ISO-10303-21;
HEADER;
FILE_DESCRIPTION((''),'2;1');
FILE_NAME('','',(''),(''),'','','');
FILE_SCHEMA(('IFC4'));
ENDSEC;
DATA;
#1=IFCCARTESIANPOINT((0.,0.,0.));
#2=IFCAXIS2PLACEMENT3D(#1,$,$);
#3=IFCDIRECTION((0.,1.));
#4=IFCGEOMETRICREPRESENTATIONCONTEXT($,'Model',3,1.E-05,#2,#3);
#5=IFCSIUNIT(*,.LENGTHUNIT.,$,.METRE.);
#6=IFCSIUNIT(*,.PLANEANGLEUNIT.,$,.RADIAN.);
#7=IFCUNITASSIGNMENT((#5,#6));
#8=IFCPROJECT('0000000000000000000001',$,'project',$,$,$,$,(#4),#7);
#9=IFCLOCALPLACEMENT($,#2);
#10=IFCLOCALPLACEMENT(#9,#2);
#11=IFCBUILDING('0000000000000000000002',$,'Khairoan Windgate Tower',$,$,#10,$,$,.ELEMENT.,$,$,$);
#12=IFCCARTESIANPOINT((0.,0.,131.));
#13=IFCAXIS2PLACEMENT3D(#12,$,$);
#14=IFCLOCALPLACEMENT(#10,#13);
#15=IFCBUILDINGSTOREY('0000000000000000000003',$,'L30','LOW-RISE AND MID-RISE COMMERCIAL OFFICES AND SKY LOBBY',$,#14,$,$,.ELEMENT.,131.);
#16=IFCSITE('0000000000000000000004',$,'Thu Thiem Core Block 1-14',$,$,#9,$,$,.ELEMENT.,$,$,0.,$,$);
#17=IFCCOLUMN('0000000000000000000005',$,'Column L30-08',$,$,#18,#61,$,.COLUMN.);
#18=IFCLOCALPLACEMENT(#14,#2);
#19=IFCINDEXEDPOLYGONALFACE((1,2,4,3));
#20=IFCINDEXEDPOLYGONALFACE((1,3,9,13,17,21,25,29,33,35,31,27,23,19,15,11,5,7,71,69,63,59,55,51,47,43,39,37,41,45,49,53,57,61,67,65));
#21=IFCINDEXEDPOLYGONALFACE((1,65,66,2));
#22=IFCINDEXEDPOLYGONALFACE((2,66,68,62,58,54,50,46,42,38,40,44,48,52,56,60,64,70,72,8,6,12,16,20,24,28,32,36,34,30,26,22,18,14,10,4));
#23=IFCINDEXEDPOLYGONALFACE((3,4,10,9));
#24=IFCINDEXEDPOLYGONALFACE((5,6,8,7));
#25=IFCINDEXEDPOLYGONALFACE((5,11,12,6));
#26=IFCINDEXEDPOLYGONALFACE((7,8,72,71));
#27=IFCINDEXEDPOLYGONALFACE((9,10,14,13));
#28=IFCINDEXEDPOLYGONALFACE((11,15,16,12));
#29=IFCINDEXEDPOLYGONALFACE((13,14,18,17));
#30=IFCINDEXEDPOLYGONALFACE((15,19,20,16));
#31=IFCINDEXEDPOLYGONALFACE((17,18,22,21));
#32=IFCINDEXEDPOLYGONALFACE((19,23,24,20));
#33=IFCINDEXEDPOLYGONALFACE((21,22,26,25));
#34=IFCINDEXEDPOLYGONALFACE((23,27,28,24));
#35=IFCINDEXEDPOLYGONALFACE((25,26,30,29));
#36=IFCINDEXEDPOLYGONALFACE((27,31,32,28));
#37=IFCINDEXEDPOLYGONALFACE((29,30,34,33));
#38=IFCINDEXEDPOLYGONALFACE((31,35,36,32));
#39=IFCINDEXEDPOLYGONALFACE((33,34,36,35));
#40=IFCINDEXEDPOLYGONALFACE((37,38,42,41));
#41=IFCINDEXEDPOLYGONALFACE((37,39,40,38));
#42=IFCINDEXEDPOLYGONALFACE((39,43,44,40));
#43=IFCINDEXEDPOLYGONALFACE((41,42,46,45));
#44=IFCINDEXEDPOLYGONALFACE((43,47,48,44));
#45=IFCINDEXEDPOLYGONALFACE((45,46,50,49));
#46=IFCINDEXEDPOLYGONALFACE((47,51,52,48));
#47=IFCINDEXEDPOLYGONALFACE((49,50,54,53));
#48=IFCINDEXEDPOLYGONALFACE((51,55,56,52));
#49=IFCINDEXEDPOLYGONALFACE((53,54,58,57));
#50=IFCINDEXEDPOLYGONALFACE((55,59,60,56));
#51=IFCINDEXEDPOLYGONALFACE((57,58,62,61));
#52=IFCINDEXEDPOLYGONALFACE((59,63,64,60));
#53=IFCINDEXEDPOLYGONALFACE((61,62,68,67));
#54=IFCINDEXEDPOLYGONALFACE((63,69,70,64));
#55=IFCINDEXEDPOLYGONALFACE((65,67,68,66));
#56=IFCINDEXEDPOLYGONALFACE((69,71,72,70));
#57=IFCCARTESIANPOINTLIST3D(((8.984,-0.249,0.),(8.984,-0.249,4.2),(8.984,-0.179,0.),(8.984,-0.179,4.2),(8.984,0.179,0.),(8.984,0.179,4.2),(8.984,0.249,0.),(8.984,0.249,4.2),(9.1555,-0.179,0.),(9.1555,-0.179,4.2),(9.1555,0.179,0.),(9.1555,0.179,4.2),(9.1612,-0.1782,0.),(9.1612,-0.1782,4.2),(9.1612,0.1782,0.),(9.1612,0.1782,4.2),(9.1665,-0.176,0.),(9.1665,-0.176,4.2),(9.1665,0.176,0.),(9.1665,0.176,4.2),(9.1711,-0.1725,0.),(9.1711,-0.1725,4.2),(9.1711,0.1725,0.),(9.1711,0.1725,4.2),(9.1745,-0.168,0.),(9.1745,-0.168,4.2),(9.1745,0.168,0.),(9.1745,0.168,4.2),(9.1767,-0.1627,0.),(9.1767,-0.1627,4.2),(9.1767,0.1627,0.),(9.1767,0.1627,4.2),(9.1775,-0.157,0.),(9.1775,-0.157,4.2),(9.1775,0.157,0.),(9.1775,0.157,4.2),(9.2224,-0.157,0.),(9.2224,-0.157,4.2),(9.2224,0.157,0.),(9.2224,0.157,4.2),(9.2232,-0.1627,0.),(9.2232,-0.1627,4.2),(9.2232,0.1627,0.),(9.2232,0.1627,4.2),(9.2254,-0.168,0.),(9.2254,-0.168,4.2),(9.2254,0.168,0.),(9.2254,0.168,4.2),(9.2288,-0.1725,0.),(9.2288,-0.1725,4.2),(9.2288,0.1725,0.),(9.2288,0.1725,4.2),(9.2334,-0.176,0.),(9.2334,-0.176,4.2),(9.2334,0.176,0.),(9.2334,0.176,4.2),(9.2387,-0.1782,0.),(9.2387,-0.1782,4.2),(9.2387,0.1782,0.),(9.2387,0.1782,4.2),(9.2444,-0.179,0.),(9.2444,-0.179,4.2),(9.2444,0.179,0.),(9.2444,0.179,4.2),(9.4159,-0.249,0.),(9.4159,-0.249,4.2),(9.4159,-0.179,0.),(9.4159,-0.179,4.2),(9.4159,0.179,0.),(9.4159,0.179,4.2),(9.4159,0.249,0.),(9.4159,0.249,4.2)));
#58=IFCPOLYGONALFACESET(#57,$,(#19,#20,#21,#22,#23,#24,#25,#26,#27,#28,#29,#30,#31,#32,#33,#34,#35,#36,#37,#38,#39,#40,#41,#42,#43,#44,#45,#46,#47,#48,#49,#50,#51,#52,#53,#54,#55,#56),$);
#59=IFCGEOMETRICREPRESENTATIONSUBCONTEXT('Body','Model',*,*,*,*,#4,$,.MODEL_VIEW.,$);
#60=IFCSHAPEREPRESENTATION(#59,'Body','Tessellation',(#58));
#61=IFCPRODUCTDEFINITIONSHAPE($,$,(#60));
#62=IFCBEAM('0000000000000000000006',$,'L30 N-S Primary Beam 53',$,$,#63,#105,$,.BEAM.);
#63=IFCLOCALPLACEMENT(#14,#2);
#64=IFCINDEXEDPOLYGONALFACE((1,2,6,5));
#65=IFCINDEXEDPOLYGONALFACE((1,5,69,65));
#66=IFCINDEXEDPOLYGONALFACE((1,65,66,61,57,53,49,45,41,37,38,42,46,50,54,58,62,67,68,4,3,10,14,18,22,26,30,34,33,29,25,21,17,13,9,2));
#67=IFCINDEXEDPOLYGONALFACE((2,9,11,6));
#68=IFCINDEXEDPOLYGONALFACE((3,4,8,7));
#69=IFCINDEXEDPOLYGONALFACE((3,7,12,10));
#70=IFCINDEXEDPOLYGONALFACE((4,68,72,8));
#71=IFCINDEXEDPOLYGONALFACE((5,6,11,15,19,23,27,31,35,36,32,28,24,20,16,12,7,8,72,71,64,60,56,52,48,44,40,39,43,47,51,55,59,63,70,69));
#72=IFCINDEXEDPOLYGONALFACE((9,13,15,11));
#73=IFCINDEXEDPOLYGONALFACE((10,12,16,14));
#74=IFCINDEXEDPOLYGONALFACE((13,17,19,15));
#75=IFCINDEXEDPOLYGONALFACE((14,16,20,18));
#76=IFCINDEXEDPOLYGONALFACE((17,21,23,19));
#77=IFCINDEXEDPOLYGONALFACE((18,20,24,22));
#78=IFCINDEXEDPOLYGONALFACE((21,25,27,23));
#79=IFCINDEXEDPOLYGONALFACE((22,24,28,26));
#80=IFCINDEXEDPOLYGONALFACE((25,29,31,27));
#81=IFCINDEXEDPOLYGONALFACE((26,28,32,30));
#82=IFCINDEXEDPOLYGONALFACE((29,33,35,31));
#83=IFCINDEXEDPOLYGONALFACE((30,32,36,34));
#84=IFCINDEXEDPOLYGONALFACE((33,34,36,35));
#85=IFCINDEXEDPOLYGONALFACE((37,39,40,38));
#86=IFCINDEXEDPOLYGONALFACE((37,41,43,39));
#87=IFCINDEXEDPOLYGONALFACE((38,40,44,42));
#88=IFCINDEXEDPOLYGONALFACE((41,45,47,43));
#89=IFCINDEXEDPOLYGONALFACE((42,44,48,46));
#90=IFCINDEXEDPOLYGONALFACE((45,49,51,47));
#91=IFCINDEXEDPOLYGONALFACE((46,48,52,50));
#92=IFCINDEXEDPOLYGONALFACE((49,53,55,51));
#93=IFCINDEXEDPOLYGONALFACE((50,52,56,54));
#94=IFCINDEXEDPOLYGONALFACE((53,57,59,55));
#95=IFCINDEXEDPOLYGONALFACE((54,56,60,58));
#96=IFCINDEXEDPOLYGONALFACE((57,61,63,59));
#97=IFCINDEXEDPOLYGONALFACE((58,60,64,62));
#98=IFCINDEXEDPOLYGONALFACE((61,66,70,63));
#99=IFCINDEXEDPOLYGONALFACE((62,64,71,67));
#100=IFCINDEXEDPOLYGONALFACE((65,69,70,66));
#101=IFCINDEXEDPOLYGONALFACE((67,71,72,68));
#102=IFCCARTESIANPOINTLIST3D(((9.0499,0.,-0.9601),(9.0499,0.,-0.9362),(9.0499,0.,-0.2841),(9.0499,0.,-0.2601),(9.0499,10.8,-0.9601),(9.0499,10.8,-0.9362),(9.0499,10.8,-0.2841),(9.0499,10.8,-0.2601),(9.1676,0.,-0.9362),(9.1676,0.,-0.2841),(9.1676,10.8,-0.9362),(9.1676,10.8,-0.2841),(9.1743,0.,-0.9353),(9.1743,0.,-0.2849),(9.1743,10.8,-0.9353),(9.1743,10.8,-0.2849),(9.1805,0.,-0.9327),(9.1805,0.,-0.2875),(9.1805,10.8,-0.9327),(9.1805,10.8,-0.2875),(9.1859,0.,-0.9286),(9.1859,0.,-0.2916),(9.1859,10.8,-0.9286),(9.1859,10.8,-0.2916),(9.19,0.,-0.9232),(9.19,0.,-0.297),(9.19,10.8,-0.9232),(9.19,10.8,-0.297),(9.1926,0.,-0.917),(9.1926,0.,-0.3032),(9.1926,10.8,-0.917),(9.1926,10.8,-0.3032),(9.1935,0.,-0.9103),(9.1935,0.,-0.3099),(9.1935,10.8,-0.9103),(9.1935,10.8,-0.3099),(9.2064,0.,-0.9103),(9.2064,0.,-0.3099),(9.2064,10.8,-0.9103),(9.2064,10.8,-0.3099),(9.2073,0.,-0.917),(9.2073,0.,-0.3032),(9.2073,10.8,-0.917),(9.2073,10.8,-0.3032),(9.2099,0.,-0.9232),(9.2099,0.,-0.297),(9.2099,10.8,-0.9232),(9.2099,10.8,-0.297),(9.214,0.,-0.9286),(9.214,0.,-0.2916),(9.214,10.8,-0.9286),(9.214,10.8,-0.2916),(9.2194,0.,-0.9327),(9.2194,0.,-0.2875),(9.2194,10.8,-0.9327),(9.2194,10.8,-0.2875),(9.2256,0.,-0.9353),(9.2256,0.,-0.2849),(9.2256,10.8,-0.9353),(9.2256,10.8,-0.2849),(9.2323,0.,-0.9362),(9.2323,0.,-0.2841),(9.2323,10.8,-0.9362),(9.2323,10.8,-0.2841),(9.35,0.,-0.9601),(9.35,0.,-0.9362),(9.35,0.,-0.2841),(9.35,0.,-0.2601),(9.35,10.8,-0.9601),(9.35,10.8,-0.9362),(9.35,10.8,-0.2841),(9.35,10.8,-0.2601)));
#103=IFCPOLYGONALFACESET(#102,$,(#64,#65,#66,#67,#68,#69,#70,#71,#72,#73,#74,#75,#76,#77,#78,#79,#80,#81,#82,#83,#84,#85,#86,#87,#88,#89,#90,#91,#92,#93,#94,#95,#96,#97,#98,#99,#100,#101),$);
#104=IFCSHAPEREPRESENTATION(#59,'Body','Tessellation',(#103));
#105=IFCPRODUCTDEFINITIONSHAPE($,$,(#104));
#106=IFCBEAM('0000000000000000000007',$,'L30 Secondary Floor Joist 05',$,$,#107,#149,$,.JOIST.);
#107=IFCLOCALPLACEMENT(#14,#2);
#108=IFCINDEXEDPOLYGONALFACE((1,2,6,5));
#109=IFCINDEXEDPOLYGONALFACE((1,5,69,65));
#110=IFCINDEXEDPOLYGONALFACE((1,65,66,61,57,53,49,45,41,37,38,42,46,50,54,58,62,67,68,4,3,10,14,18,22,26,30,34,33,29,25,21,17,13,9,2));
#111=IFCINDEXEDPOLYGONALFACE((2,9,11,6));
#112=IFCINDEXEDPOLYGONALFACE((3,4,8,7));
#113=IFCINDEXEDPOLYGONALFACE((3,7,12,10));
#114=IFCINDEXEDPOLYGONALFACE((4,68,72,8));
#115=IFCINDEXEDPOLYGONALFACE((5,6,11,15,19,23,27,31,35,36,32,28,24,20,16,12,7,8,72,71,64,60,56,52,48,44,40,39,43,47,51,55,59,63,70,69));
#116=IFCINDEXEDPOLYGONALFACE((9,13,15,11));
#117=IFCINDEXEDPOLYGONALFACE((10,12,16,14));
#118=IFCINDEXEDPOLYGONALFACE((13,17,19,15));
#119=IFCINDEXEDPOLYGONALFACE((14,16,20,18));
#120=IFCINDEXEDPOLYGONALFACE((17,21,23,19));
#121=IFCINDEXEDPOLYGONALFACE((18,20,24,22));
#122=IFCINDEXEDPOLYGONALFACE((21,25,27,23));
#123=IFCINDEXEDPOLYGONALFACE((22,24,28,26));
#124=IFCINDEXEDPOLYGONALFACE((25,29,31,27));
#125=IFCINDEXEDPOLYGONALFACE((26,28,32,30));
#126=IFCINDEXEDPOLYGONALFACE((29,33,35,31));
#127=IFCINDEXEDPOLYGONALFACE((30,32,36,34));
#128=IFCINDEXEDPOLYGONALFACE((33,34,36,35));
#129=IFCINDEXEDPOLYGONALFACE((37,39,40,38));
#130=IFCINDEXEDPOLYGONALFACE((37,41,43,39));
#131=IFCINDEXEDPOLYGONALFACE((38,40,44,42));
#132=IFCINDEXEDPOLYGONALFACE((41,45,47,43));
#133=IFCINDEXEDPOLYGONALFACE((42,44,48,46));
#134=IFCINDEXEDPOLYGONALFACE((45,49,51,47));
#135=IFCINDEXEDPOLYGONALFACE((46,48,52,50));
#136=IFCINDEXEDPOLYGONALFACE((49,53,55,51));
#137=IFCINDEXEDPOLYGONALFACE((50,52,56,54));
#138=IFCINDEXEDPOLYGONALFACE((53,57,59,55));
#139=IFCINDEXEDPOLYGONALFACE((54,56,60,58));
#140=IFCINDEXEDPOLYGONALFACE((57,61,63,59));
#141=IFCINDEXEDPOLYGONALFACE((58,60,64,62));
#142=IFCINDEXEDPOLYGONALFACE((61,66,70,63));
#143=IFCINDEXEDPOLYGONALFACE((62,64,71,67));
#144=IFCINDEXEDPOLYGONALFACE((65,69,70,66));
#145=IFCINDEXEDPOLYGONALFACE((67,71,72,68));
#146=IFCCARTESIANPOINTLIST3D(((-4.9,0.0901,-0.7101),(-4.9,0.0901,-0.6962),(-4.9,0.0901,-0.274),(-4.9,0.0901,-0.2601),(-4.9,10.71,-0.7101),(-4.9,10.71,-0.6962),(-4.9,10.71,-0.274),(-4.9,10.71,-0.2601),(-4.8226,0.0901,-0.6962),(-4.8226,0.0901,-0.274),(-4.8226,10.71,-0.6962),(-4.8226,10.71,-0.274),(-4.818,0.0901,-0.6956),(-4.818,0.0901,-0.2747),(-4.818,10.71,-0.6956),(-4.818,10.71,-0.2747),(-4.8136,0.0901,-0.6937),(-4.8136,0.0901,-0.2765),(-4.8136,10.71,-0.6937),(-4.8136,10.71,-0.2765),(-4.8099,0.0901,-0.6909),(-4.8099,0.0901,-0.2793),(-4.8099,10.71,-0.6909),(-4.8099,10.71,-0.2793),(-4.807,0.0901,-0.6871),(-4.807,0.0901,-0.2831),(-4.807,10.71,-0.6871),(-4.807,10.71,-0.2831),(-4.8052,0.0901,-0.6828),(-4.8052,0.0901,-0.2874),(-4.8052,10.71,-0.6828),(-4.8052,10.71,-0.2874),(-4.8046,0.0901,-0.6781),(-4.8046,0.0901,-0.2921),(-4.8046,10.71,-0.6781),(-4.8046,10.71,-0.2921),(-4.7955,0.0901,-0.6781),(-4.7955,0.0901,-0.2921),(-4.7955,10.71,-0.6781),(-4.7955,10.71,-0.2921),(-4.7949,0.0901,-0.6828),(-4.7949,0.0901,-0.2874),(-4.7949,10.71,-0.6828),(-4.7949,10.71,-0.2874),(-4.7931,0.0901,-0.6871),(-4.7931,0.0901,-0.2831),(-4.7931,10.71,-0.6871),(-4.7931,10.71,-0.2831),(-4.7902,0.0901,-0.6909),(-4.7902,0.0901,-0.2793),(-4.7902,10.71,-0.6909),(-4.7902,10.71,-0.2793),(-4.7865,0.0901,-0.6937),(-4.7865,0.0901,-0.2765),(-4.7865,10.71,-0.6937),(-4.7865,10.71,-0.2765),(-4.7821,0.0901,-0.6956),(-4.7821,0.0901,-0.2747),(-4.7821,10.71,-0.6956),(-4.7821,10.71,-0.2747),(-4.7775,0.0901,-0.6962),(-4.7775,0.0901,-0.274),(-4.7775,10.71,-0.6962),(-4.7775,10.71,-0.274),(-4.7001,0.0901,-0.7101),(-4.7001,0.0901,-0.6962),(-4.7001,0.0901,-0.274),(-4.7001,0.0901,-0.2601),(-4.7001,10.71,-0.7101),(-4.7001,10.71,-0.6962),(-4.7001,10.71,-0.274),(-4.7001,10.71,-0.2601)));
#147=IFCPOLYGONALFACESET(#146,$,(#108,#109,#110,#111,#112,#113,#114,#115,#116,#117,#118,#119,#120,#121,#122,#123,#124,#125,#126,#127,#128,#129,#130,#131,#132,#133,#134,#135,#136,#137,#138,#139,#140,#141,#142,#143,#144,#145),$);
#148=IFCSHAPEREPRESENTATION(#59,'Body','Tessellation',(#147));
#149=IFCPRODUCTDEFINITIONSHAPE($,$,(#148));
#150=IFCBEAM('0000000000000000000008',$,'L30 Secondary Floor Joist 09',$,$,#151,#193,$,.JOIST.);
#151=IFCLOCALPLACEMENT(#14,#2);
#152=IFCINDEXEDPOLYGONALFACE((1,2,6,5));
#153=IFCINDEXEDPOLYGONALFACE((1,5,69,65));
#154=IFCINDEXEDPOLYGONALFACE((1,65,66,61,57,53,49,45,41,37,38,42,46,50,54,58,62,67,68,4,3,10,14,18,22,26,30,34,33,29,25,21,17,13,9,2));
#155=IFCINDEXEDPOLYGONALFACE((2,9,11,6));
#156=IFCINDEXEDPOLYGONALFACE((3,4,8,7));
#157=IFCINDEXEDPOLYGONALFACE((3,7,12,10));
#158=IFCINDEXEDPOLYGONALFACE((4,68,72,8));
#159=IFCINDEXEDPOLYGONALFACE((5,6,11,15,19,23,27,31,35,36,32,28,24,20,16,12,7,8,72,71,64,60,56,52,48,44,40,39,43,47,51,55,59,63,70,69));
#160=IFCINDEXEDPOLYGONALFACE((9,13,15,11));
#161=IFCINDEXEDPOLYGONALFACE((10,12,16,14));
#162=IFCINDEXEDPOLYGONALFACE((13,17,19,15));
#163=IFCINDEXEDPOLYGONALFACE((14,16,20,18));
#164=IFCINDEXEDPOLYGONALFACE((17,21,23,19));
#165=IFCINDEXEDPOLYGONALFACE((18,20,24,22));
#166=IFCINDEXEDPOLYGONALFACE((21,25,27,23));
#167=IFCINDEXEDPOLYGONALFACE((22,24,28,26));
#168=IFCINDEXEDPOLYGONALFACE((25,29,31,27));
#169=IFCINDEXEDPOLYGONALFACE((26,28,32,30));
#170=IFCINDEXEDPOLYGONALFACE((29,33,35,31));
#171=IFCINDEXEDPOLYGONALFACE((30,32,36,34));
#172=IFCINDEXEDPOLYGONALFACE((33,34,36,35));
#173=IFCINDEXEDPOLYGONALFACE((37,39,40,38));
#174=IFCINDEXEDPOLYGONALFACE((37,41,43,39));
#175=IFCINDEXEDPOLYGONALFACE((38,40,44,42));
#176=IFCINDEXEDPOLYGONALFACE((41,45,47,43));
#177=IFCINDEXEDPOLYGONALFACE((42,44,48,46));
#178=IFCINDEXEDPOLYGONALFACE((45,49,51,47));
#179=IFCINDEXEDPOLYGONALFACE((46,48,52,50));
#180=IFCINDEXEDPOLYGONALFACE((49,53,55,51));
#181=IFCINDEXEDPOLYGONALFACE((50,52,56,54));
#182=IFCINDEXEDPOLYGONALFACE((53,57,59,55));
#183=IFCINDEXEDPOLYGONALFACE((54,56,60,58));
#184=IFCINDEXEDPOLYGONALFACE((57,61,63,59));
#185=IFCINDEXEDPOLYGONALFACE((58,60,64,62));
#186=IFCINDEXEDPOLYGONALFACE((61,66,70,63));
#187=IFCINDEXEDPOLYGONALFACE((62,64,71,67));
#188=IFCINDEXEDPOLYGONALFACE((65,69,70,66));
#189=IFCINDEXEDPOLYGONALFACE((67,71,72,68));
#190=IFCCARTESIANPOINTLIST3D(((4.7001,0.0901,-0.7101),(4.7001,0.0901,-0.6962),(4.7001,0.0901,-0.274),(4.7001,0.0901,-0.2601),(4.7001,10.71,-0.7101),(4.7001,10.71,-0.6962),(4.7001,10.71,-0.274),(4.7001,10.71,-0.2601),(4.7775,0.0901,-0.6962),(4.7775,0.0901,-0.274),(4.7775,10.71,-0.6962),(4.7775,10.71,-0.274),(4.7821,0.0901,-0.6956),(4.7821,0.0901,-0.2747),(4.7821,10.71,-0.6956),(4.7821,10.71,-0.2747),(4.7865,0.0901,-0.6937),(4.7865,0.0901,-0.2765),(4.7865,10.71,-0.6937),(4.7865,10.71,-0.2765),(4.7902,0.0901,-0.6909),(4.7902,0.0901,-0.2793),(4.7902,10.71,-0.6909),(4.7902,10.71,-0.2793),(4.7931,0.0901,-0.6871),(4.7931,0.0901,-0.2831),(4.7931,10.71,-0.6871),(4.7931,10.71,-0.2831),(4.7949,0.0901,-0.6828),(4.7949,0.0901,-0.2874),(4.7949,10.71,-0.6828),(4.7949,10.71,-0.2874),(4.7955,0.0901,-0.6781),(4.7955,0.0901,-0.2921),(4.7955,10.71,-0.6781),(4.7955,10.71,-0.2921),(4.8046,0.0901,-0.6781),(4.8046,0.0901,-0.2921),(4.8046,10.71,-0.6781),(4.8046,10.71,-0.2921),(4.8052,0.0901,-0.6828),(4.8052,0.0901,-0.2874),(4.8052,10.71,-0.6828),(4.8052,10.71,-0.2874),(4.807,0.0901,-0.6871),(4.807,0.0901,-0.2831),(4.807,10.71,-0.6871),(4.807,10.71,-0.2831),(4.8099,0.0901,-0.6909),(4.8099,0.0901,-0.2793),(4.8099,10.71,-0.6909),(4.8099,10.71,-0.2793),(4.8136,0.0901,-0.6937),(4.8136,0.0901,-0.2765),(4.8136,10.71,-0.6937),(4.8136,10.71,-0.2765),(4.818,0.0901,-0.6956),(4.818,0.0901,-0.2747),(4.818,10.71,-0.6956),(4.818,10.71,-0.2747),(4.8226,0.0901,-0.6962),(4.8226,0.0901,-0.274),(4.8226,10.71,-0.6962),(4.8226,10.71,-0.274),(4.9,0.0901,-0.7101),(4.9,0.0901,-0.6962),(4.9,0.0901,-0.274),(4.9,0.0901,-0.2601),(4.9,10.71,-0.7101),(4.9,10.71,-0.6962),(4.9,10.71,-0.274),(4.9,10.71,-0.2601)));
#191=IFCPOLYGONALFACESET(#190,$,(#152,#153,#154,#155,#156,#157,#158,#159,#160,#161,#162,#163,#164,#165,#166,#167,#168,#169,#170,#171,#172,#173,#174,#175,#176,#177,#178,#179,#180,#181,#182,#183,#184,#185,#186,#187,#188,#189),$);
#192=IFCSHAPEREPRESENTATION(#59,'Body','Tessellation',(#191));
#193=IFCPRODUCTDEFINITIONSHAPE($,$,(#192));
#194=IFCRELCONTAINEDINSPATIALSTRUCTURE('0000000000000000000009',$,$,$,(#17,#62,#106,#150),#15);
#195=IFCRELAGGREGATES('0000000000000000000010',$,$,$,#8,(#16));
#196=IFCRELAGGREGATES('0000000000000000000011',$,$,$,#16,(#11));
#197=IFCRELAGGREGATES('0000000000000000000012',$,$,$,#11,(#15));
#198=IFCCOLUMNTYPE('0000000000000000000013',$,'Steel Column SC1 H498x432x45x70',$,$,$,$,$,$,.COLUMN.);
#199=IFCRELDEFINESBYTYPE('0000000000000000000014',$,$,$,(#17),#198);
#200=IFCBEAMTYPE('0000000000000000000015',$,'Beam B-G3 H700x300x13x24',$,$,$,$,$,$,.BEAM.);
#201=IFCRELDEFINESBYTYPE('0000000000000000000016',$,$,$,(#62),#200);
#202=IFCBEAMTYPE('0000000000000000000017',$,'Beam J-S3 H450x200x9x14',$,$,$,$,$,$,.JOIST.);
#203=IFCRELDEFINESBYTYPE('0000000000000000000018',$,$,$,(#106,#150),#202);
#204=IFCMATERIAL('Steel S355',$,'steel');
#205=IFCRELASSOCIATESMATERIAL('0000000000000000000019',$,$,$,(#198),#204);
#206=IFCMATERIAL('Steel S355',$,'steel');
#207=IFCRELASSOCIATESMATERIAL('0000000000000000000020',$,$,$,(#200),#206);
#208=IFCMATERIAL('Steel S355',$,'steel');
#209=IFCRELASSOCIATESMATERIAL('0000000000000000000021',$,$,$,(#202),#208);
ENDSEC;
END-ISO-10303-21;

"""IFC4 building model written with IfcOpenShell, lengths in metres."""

from ifc_helpers import new_model, si_unit, direction, frame, origin, origin_2d, place, context, subcontext, project, spatial, i_section, extrude, material, material_profile, profile_set, type_object, element, save


model = new_model("IFC4")

# Units and contexts
model_context = context("Model", 3, precision=1e-05, world=origin(), true_north=direction((0.0, 1.0)))
body_context = subcontext(model_context, "Body", "Model", "MODEL_VIEW")
ifc_project = project(units=[si_unit("LENGTHUNIT", "METRE"), si_unit("PLANEANGLEUNIT", "RADIAN")], contexts=[model_context])

# Site, building, storey
site_placement = place(None, origin())
site = spatial("IfcSite", under=ifc_project, at=site_placement, Name="Thu Thiem Core Block 1-14", CompositionType="ELEMENT", RefElevation=0.0)
building_placement = place(site_placement, origin())
building = spatial("IfcBuilding", under=site, at=building_placement, Name="Khairoan Windgate Tower", CompositionType="ELEMENT")
storey_placement = place(building_placement, frame((0.0, 0.0, 131.0)))
storey = spatial("IfcBuildingStorey", under=building, at=storey_placement, Name="L30", Description="LOW-RISE AND MID-RISE COMMERCIAL OFFICES AND SKY LOBBY", CompositionType="ELEMENT", Elevation=131.0)

# Column
ifc_material_1 = material(Name="Steel S355", Category="steel")
ifc_material_profile_1 = material_profile(ifc_material_1, i_section(OverallWidth=0.4319, OverallDepth=0.498, WebThickness=0.0449, FlangeThickness=0.0701, FilletRadius=0.022, at=origin_2d()))
ifc_profile_set_1 = profile_set([ifc_material_profile_1], Name="Steel S355")
column_type = type_object("IfcColumnType", Name="Steel Column SC1 H498x432x45x70", PredefinedType="COLUMN", material=ifc_profile_set_1)
column_placement = place(storey_placement, frame((9.2, 0.0, 0.0), z_axis=(0.0, 0.0, 1.0), x_axis=(1.0, 0.0, 0.0)))
element("IfcColumn", 1, at=column_placement, inside=storey, type_object=column_type, Name="Column L30-08", PredefinedType="COLUMN", context=body_context, shape_type="SweptSolid", body=[
    extrude(i_section(OverallWidth=0.4319, OverallDepth=0.498, WebThickness=0.0449, FlangeThickness=0.0701, FilletRadius=0.022, at=origin_2d()), origin(), (0.0, 0.0, 1.0), 4.2),
])

# Beams
ifc_material_2 = material(Name="Steel S355", Category="steel")
ifc_material_profile_2 = material_profile(ifc_material_2, i_section(OverallWidth=0.3, OverallDepth=0.7, WebThickness=0.0129, FlangeThickness=0.0239, FilletRadius=0.0259, at=origin_2d()))
ifc_profile_set_2 = profile_set([ifc_material_profile_2], Name="Steel S355")
beam_type_1 = type_object("IfcBeamType", Name="Beam B-G3 H700x300x13x24", PredefinedType="BEAM", material=ifc_profile_set_2)
beam_placement = place(storey_placement, frame((9.2, 0.0, -0.6101), z_axis=(0.0, 1.0, 0.0), x_axis=(-1.0, 0.0, 0.0)))
element("IfcBeam", 2, at=beam_placement, inside=storey, type_object=beam_type_1, Name="L30 N-S Primary Beam 53", PredefinedType="BEAM", context=body_context, shape_type="SweptSolid", body=[
    extrude(i_section(OverallWidth=0.3, OverallDepth=0.7, WebThickness=0.0129, FlangeThickness=0.0239, FilletRadius=0.0259, at=origin_2d()), origin(), (0.0, 0.0, 1.0), 10.8),
])
ifc_material_3 = material(Name="Steel S355", Category="steel")
ifc_material_profile_3 = material_profile(ifc_material_3, i_section(OverallWidth=0.2, OverallDepth=0.45, WebThickness=0.009, FlangeThickness=0.0139, FilletRadius=0.0181, at=origin_2d()))
ifc_profile_set_3 = profile_set([ifc_material_profile_3], Name="Steel S355")
beam_type_2 = type_object("IfcBeamType", Name="Beam J-S3 H450x200x9x14", PredefinedType="JOIST", material=ifc_profile_set_3)
for number, where, z_axis, x_axis, name in (
    (3, (-4.8, 0.0901, -0.4851), (0.0, 1.0, 0.0), (-1.0, 0.0, 0.0), "L30 Secondary Floor Joist 05"),
    (4, (4.8, 0.0901, -0.4851), (0.0, 1.0, 0.0), (-1.0, 0.0, 0.0), "L30 Secondary Floor Joist 09"),
):
    element("IfcBeam", number, at=place(storey_placement, frame(where, z_axis=z_axis, x_axis=x_axis)), inside=storey, type_object=beam_type_2, Name=name, PredefinedType="JOIST", context=body_context, shape_type="SweptSolid", body=[
        extrude(i_section(OverallWidth=0.2, OverallDepth=0.45, WebThickness=0.009, FlangeThickness=0.0139, FilletRadius=0.0181, at=origin_2d()), origin(), (0.0, 0.0, 1.0), 10.6199),
    ])

save(model, "model.ifc")
